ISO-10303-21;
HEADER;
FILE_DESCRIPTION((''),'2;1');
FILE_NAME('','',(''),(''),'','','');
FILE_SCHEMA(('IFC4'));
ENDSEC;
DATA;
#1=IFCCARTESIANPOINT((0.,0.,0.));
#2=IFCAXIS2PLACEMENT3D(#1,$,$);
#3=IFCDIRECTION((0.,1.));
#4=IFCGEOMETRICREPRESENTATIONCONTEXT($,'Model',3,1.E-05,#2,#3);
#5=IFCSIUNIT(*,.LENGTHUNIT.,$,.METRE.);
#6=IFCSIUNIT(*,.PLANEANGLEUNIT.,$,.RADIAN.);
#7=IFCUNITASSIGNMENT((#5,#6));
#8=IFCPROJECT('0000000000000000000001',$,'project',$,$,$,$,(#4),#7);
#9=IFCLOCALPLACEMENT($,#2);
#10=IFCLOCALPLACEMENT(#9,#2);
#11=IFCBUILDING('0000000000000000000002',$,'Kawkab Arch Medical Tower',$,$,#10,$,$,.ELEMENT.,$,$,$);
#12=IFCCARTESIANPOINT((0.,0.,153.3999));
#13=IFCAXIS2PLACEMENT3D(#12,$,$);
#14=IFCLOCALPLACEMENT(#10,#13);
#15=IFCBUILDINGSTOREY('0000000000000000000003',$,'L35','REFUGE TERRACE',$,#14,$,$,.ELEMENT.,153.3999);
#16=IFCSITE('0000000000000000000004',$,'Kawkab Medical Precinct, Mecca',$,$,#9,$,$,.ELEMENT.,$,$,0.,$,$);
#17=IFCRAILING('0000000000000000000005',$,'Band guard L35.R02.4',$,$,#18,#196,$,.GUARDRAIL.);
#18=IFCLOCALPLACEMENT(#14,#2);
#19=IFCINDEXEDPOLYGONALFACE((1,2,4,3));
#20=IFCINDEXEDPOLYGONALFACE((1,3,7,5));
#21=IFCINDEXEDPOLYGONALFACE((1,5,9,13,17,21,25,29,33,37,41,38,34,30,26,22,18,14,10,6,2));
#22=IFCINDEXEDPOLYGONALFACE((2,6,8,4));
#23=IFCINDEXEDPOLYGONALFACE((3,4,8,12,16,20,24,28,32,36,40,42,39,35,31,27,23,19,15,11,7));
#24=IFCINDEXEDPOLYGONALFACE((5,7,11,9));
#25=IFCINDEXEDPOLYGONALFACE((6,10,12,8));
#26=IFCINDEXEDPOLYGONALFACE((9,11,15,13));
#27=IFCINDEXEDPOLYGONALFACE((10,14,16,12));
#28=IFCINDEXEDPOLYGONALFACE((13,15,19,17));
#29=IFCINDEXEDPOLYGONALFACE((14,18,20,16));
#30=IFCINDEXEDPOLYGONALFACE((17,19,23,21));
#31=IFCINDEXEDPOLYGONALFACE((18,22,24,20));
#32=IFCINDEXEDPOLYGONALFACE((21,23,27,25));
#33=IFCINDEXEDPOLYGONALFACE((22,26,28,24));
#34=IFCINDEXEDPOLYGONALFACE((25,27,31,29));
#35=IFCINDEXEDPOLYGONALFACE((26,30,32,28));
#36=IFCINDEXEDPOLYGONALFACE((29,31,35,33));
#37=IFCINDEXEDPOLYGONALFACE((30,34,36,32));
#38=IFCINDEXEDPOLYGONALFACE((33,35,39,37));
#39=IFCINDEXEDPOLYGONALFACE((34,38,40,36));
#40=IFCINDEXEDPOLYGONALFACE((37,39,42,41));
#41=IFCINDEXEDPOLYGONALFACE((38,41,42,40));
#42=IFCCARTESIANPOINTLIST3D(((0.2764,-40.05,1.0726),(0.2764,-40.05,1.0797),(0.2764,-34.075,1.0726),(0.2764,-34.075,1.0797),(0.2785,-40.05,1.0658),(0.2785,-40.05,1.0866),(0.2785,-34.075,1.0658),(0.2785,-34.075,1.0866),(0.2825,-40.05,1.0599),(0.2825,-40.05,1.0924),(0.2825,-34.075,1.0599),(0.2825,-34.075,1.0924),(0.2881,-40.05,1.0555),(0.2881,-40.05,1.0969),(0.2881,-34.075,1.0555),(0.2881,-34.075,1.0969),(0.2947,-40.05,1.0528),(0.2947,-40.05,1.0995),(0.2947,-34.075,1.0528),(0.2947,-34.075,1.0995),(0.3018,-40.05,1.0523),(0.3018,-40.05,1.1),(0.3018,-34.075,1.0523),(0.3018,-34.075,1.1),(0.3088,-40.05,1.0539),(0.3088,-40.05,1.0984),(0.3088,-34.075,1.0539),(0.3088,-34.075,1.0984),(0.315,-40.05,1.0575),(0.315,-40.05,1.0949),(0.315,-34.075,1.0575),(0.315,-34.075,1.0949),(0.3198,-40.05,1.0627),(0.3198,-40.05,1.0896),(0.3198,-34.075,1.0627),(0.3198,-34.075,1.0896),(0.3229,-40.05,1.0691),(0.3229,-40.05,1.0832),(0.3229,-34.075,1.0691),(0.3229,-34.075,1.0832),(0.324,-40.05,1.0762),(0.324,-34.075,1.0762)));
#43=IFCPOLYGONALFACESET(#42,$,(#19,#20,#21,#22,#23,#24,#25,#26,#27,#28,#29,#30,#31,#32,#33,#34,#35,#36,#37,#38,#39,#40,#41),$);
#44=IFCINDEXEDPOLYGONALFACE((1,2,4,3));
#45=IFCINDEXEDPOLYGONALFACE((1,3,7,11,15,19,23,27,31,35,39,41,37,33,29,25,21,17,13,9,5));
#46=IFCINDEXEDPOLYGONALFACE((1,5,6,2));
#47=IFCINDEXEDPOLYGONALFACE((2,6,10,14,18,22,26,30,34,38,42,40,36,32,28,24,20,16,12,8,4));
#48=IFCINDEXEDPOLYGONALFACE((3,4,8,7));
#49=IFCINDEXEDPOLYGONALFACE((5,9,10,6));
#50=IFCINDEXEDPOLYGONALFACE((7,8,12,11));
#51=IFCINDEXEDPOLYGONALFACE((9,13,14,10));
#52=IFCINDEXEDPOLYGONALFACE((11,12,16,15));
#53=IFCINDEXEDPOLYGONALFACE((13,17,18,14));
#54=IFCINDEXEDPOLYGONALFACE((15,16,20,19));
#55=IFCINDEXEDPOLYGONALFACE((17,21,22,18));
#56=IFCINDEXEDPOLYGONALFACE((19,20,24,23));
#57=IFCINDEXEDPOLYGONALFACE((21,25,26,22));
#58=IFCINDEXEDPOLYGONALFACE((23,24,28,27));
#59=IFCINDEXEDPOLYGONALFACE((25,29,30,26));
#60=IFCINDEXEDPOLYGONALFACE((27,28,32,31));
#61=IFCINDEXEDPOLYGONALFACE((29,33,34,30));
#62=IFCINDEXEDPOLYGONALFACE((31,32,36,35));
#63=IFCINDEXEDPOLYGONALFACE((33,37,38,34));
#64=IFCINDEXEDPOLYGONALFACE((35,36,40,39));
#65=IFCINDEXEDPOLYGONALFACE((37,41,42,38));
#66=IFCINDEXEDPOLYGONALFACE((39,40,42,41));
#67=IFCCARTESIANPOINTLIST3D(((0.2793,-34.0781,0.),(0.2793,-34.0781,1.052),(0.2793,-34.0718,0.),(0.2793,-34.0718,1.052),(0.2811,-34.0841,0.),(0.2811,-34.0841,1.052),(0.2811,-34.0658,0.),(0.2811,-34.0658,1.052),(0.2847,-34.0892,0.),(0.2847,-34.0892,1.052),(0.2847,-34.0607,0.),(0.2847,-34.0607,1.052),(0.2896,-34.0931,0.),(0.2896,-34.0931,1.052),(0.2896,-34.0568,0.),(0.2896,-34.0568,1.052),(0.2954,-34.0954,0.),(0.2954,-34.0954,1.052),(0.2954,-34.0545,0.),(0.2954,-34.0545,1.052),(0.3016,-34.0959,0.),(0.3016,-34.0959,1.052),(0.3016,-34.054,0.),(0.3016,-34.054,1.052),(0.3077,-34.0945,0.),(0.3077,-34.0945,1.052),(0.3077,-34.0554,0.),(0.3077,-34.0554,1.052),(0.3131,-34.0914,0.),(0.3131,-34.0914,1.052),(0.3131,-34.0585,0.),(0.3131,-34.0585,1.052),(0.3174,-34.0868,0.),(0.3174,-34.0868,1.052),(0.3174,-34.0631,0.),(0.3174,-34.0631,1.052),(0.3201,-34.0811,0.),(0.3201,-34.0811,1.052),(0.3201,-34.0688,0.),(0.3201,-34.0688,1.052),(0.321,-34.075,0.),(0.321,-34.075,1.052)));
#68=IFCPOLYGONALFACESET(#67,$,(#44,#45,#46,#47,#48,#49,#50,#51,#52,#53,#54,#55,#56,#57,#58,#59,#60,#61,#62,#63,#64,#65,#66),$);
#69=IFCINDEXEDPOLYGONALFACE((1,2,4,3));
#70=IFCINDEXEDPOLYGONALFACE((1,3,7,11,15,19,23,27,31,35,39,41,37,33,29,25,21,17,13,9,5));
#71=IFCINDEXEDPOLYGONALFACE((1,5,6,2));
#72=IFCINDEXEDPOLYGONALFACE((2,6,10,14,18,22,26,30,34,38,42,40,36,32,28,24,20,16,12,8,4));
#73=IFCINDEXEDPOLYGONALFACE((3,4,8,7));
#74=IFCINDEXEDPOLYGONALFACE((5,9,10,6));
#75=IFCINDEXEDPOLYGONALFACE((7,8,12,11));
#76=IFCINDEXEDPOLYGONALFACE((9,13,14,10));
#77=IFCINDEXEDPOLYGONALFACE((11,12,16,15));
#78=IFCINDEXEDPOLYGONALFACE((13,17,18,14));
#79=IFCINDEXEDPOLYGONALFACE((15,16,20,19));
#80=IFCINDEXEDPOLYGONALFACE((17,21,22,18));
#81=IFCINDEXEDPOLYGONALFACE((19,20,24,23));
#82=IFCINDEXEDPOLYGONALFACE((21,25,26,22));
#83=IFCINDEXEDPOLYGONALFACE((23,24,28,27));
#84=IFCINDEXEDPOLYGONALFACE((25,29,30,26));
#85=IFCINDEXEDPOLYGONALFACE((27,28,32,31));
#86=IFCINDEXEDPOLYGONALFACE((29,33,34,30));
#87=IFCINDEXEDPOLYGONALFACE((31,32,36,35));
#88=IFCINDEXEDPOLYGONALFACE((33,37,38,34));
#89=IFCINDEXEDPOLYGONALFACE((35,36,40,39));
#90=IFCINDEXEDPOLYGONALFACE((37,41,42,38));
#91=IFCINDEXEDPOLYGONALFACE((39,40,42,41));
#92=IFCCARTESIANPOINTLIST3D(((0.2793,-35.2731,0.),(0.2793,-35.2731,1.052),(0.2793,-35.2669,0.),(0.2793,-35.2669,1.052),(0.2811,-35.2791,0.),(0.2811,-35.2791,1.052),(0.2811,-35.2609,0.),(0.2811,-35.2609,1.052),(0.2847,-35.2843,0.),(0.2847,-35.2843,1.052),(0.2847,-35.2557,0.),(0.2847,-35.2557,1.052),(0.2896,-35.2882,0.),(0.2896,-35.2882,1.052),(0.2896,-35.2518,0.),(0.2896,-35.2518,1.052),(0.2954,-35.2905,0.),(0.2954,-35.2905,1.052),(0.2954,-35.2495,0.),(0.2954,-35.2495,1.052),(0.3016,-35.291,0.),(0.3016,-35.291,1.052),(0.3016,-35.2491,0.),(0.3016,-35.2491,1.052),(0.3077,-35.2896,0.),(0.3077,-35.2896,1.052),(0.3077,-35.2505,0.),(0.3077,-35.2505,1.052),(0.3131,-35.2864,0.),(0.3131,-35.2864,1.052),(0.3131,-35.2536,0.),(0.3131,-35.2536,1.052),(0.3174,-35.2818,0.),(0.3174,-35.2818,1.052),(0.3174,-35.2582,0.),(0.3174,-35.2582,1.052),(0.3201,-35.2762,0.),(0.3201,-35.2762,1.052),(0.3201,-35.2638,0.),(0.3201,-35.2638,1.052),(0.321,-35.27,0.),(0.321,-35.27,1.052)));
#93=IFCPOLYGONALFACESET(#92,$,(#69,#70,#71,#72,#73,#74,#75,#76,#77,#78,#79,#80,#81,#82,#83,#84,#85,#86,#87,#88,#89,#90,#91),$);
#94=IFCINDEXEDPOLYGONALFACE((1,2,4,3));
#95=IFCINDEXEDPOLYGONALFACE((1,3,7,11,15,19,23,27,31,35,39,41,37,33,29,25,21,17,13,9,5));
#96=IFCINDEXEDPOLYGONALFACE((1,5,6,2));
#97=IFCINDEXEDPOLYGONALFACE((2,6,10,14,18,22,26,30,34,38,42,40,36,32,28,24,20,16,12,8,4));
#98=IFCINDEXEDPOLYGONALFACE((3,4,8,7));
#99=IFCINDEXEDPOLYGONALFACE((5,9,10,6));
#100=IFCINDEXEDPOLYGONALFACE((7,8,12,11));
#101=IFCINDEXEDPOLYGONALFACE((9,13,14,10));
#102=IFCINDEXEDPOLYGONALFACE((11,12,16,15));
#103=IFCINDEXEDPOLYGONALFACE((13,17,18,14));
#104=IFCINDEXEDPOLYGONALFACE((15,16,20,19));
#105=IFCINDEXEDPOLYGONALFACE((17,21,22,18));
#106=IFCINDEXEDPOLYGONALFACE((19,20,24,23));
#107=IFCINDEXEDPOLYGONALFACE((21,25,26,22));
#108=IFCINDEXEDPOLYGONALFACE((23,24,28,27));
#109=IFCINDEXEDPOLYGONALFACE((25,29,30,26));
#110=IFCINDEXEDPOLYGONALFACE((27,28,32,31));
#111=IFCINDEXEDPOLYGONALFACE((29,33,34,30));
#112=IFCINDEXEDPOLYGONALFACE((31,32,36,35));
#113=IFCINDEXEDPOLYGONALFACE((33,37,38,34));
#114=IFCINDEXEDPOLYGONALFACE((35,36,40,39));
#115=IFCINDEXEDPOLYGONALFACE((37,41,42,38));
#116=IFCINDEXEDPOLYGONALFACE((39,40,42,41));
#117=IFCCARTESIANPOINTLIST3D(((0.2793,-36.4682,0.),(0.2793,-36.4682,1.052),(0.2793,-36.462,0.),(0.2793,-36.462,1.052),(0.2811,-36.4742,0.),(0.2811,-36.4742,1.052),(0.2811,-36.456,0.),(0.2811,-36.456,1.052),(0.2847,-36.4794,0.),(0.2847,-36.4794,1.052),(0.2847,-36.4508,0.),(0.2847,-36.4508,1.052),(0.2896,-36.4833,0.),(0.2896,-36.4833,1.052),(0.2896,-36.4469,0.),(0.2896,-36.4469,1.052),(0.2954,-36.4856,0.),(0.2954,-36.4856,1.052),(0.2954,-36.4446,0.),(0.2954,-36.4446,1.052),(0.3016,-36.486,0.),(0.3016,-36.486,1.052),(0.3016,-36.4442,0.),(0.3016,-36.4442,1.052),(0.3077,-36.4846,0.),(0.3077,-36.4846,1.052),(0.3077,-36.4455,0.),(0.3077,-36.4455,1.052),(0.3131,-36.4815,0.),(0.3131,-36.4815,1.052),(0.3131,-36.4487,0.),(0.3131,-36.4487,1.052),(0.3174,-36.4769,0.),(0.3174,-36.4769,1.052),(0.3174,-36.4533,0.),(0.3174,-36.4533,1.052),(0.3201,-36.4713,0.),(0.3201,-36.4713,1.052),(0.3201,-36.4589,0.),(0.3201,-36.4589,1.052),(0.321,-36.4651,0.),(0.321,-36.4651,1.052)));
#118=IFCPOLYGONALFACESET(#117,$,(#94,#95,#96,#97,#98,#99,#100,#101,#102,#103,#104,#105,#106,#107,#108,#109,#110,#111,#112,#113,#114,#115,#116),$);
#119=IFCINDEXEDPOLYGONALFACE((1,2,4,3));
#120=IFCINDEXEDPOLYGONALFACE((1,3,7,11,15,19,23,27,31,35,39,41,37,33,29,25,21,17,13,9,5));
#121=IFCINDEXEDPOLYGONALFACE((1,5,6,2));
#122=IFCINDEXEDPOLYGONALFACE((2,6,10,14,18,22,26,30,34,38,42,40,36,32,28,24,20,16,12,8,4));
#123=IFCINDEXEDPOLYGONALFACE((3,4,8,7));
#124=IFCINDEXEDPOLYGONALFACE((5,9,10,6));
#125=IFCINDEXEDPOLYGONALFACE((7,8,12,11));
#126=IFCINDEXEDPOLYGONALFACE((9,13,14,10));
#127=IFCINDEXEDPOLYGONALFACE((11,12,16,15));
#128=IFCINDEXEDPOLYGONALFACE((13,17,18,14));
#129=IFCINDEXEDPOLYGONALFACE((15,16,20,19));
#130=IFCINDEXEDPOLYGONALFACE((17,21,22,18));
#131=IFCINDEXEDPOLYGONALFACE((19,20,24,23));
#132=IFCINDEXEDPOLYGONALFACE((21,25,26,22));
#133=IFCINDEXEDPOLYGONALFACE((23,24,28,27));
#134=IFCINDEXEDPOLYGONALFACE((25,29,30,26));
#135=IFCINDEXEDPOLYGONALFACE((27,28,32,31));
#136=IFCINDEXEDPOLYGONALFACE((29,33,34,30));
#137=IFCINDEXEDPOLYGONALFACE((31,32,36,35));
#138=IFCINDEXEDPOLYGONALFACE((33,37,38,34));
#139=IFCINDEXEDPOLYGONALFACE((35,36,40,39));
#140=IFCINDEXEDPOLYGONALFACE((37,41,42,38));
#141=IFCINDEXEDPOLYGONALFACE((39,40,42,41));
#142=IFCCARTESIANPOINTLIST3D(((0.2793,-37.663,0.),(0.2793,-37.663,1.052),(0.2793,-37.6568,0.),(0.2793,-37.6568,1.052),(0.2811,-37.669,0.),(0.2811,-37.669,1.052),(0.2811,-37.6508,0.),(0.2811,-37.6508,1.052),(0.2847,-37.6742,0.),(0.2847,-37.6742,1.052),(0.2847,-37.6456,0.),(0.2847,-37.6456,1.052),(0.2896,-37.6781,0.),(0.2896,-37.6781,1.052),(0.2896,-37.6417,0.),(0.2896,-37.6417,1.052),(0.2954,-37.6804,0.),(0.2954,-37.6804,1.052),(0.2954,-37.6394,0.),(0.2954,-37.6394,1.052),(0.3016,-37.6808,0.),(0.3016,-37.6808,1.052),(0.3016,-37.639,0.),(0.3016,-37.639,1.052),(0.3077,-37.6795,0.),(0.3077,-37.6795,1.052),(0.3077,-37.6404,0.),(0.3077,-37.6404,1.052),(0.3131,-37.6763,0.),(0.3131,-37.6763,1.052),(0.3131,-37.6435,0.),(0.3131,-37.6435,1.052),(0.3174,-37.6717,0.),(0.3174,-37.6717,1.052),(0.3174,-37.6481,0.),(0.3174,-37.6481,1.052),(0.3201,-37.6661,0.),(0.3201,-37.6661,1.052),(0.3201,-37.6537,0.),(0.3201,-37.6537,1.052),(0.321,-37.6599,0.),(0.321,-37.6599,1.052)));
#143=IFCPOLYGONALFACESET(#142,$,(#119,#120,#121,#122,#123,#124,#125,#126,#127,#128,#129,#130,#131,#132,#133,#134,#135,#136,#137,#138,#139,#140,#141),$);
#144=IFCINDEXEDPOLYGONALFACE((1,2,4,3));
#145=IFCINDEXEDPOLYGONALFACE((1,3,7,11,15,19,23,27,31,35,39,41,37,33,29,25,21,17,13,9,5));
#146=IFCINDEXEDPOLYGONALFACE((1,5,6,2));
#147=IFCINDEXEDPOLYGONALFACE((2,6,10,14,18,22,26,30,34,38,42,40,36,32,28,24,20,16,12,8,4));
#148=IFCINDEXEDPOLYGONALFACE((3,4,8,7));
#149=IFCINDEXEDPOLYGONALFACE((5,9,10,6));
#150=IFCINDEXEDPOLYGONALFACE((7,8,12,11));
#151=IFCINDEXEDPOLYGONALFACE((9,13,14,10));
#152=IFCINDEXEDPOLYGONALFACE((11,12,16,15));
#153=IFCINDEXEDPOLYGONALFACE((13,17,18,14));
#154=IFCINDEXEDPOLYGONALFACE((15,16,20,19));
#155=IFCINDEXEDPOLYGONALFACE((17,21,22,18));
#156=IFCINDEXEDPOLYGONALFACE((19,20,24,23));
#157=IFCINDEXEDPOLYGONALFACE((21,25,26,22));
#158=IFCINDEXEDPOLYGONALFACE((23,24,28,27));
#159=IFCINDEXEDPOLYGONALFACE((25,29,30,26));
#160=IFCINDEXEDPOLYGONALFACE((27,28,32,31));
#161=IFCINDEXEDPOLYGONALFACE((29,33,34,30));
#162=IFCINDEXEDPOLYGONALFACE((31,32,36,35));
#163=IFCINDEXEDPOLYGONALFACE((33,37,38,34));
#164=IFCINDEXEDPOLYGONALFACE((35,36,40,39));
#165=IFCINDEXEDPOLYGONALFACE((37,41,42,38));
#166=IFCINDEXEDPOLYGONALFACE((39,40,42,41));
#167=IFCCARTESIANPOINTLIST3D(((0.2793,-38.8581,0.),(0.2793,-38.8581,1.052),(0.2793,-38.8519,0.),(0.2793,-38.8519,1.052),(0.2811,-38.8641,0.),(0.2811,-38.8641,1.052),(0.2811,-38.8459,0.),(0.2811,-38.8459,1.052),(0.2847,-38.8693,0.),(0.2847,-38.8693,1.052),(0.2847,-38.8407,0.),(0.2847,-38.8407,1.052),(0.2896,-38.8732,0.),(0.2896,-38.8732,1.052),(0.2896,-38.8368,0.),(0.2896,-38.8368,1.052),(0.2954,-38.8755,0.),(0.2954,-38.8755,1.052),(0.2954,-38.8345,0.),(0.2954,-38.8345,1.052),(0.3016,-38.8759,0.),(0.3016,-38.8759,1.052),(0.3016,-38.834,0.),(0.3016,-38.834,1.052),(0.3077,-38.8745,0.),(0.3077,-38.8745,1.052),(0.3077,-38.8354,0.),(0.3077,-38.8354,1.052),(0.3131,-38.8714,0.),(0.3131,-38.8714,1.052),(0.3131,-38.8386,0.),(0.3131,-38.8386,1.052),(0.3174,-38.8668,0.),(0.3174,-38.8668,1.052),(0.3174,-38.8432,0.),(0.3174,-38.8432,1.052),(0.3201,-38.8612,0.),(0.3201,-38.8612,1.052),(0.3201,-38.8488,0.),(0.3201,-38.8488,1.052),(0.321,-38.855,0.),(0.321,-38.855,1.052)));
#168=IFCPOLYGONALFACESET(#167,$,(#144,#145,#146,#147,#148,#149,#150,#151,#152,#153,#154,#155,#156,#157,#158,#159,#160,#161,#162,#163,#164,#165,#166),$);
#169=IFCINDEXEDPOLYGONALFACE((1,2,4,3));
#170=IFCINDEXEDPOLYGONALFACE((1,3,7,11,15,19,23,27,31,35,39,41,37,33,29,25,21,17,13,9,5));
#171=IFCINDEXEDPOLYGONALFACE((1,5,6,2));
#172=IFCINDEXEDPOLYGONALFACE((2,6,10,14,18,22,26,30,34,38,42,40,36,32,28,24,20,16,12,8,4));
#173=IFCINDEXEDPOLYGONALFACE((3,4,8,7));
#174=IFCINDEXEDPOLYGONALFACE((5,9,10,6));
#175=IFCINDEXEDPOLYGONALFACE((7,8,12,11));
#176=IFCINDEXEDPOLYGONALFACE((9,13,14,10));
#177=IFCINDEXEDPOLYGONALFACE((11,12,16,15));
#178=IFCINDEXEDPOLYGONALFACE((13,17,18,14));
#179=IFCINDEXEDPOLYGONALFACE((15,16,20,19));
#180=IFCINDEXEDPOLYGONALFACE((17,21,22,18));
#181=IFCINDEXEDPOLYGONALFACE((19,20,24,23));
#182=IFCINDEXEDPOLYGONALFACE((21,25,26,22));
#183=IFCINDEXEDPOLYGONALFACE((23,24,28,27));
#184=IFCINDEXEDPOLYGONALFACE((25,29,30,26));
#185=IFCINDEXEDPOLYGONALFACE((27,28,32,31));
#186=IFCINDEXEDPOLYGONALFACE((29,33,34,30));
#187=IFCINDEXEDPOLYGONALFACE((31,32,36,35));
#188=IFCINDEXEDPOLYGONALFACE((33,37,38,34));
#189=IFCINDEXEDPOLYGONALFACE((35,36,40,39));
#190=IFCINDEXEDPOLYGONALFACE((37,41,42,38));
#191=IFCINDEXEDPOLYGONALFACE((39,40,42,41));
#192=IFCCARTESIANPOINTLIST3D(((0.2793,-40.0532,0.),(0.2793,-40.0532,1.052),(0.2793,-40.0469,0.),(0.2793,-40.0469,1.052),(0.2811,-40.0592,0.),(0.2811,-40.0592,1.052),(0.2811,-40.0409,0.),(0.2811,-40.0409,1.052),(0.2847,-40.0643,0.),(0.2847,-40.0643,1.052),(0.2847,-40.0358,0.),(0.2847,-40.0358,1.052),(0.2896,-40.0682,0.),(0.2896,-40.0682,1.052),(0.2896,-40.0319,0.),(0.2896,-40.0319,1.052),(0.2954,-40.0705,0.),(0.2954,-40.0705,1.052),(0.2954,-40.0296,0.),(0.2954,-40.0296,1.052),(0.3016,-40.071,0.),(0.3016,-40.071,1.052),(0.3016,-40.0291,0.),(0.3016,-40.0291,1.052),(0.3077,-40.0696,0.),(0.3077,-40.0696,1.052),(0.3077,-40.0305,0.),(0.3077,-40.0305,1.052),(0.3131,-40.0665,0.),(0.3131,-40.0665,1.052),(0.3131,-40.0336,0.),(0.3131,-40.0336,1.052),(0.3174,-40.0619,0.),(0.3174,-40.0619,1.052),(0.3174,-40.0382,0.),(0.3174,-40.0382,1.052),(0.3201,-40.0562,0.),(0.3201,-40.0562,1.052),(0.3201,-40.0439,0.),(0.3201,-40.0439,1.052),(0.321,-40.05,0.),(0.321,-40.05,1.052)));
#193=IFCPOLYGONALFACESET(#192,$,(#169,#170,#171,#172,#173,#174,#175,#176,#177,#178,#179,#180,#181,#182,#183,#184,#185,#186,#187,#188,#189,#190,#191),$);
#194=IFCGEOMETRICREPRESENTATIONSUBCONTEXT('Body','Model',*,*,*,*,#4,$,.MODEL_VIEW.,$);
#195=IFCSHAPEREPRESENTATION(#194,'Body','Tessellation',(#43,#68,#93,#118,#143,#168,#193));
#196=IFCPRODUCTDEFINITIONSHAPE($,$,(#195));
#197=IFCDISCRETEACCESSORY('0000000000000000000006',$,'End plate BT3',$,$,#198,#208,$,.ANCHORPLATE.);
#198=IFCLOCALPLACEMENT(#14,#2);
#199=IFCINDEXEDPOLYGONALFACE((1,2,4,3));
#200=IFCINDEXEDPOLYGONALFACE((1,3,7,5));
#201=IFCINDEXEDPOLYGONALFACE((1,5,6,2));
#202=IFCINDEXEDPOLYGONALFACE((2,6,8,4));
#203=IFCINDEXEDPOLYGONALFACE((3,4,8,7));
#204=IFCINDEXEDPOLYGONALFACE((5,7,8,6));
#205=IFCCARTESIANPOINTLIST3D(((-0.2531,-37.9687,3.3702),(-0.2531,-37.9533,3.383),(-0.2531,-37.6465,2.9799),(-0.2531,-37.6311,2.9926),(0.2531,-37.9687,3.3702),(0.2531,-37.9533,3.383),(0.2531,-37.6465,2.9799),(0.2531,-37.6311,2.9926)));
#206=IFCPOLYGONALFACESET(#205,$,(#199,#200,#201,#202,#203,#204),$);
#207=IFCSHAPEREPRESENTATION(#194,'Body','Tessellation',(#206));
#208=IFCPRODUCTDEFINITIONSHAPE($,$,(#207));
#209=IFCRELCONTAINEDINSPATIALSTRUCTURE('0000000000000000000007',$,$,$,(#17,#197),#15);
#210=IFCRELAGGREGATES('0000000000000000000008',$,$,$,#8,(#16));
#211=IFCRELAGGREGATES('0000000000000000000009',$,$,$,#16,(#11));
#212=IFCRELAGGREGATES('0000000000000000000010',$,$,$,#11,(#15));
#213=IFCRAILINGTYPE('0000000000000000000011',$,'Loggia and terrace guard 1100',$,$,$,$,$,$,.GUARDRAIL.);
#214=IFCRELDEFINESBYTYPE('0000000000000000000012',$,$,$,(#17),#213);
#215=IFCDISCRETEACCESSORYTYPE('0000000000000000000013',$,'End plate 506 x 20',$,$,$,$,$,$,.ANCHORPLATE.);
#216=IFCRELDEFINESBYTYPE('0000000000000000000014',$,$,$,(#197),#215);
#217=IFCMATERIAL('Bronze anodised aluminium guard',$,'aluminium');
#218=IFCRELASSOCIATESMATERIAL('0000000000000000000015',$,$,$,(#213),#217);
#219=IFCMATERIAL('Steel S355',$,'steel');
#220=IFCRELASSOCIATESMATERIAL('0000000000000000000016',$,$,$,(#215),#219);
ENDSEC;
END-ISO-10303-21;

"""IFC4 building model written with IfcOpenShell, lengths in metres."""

from ifc_helpers import new_model, si_unit, direction, frame, origin, origin_2d, place, context, subcontext, project, spatial, rectangle, circle, extrude, material, material_profile, profile_set, type_object, element, save


model = new_model("IFC4")

# Units and contexts
model_context = context("Model", 3, precision=1e-05, world=origin(), true_north=direction((0.0, 1.0)))
body_context = subcontext(model_context, "Body", "Model", "MODEL_VIEW")
ifc_project = project(units=[si_unit("LENGTHUNIT", "METRE"), si_unit("PLANEANGLEUNIT", "RADIAN")], contexts=[model_context])

# Site, building, storey
site_placement = place(None, origin())
site = spatial("IfcSite", under=ifc_project, at=site_placement, Name="Kawkab Medical Precinct, Mecca", CompositionType="ELEMENT", RefElevation=0.0)
building_placement = place(site_placement, origin())
building = spatial("IfcBuilding", under=site, at=building_placement, Name="Kawkab Arch Medical Tower", CompositionType="ELEMENT")
storey_placement = place(building_placement, frame((0.0, 0.0, 153.3999)))
storey = spatial("IfcBuildingStorey", under=building, at=storey_placement, Name="L35", Description="REFUGE TERRACE", CompositionType="ELEMENT", Elevation=153.3999)

# Railing
ifc_material_1 = material(Name="Bronze anodised aluminium guard", Category="aluminium")
railing_type = type_object("IfcRailingType", Name="Loggia and terrace guard 1100", PredefinedType="GUARDRAIL", material=ifc_material_1)
railing_1_placement = place(storey_placement, frame((0.3, -34.075, 0.0)))
element("IfcRailing", 1, at=railing_1_placement, inside=storey, type_object=railing_type, Name="Band guard L35.R02.4", PredefinedType="GUARDRAIL", context=body_context, shape_type="SweptSolid", body=[
    extrude(circle(Radius=0.0239, at=origin_2d()), frame((0.0, 0.0, 1.0762), z_axis=(0.0, -1.0, 0.0), x_axis=(1.0, 0.0, 0.0)), (0.0, 0.0, 1.0), 5.9751),
    extrude(circle(Radius=0.021, at=origin_2d()), origin(), (0.0, 0.0, 1.0), 1.052),
    extrude(circle(Radius=0.021, at=origin_2d()), frame((0.0, -1.1951, 0.0)), (0.0, 0.0, 1.0), 1.052),
    extrude(circle(Radius=0.021, at=origin_2d()), frame((0.0, -2.3901, 0.0)), (0.0, 0.0, 1.0), 1.052),
    extrude(circle(Radius=0.021, at=origin_2d()), frame((0.0, -3.585, 0.0)), (0.0, 0.0, 1.0), 1.052),
    extrude(circle(Radius=0.021, at=origin_2d()), frame((0.0, -4.78, 0.0)), (0.0, 0.0, 1.0), 1.052),
    extrude(circle(Radius=0.021, at=origin_2d()), frame((0.0, -5.9751, 0.0)), (0.0, 0.0, 1.0), 1.052),
])

# Discrete accessory
ifc_material_2 = material(Name="Steel S355", Category="steel")
ifc_material_profile_1 = material_profile(ifc_material_2, rectangle(XDim=0.5061, YDim=0.5061, at=origin_2d()), Name="End plate 506 x 20")
ifc_profile_set_1 = profile_set([ifc_material_profile_1], Name="Steel S355")
discrete_accessory_type = type_object("IfcDiscreteAccessoryType", Name="End plate 506 x 20", PredefinedType="ANCHORPLATE", material=ifc_profile_set_1)
for number, where, z_axis, x_axis, name in (
    (2, (0.0, -37.8076, 3.175), (0.0, 0.771223, 0.636565), (-1.0, 0.0, 0.0), "End plate BT3"),
):
    element("IfcDiscreteAccessory", number, at=place(storey_placement, frame(where, z_axis=z_axis, x_axis=x_axis)), inside=storey, type_object=discrete_accessory_type, Name=name, PredefinedType="ANCHORPLATE", context=body_context, shape_type="SweptSolid", body=[
        extrude(rectangle(XDim=0.5061, YDim=0.5061, at=origin_2d()), origin(), (0.0, 0.0, 1.0), 0.02),
    ])

save(model, "model.ifc")
